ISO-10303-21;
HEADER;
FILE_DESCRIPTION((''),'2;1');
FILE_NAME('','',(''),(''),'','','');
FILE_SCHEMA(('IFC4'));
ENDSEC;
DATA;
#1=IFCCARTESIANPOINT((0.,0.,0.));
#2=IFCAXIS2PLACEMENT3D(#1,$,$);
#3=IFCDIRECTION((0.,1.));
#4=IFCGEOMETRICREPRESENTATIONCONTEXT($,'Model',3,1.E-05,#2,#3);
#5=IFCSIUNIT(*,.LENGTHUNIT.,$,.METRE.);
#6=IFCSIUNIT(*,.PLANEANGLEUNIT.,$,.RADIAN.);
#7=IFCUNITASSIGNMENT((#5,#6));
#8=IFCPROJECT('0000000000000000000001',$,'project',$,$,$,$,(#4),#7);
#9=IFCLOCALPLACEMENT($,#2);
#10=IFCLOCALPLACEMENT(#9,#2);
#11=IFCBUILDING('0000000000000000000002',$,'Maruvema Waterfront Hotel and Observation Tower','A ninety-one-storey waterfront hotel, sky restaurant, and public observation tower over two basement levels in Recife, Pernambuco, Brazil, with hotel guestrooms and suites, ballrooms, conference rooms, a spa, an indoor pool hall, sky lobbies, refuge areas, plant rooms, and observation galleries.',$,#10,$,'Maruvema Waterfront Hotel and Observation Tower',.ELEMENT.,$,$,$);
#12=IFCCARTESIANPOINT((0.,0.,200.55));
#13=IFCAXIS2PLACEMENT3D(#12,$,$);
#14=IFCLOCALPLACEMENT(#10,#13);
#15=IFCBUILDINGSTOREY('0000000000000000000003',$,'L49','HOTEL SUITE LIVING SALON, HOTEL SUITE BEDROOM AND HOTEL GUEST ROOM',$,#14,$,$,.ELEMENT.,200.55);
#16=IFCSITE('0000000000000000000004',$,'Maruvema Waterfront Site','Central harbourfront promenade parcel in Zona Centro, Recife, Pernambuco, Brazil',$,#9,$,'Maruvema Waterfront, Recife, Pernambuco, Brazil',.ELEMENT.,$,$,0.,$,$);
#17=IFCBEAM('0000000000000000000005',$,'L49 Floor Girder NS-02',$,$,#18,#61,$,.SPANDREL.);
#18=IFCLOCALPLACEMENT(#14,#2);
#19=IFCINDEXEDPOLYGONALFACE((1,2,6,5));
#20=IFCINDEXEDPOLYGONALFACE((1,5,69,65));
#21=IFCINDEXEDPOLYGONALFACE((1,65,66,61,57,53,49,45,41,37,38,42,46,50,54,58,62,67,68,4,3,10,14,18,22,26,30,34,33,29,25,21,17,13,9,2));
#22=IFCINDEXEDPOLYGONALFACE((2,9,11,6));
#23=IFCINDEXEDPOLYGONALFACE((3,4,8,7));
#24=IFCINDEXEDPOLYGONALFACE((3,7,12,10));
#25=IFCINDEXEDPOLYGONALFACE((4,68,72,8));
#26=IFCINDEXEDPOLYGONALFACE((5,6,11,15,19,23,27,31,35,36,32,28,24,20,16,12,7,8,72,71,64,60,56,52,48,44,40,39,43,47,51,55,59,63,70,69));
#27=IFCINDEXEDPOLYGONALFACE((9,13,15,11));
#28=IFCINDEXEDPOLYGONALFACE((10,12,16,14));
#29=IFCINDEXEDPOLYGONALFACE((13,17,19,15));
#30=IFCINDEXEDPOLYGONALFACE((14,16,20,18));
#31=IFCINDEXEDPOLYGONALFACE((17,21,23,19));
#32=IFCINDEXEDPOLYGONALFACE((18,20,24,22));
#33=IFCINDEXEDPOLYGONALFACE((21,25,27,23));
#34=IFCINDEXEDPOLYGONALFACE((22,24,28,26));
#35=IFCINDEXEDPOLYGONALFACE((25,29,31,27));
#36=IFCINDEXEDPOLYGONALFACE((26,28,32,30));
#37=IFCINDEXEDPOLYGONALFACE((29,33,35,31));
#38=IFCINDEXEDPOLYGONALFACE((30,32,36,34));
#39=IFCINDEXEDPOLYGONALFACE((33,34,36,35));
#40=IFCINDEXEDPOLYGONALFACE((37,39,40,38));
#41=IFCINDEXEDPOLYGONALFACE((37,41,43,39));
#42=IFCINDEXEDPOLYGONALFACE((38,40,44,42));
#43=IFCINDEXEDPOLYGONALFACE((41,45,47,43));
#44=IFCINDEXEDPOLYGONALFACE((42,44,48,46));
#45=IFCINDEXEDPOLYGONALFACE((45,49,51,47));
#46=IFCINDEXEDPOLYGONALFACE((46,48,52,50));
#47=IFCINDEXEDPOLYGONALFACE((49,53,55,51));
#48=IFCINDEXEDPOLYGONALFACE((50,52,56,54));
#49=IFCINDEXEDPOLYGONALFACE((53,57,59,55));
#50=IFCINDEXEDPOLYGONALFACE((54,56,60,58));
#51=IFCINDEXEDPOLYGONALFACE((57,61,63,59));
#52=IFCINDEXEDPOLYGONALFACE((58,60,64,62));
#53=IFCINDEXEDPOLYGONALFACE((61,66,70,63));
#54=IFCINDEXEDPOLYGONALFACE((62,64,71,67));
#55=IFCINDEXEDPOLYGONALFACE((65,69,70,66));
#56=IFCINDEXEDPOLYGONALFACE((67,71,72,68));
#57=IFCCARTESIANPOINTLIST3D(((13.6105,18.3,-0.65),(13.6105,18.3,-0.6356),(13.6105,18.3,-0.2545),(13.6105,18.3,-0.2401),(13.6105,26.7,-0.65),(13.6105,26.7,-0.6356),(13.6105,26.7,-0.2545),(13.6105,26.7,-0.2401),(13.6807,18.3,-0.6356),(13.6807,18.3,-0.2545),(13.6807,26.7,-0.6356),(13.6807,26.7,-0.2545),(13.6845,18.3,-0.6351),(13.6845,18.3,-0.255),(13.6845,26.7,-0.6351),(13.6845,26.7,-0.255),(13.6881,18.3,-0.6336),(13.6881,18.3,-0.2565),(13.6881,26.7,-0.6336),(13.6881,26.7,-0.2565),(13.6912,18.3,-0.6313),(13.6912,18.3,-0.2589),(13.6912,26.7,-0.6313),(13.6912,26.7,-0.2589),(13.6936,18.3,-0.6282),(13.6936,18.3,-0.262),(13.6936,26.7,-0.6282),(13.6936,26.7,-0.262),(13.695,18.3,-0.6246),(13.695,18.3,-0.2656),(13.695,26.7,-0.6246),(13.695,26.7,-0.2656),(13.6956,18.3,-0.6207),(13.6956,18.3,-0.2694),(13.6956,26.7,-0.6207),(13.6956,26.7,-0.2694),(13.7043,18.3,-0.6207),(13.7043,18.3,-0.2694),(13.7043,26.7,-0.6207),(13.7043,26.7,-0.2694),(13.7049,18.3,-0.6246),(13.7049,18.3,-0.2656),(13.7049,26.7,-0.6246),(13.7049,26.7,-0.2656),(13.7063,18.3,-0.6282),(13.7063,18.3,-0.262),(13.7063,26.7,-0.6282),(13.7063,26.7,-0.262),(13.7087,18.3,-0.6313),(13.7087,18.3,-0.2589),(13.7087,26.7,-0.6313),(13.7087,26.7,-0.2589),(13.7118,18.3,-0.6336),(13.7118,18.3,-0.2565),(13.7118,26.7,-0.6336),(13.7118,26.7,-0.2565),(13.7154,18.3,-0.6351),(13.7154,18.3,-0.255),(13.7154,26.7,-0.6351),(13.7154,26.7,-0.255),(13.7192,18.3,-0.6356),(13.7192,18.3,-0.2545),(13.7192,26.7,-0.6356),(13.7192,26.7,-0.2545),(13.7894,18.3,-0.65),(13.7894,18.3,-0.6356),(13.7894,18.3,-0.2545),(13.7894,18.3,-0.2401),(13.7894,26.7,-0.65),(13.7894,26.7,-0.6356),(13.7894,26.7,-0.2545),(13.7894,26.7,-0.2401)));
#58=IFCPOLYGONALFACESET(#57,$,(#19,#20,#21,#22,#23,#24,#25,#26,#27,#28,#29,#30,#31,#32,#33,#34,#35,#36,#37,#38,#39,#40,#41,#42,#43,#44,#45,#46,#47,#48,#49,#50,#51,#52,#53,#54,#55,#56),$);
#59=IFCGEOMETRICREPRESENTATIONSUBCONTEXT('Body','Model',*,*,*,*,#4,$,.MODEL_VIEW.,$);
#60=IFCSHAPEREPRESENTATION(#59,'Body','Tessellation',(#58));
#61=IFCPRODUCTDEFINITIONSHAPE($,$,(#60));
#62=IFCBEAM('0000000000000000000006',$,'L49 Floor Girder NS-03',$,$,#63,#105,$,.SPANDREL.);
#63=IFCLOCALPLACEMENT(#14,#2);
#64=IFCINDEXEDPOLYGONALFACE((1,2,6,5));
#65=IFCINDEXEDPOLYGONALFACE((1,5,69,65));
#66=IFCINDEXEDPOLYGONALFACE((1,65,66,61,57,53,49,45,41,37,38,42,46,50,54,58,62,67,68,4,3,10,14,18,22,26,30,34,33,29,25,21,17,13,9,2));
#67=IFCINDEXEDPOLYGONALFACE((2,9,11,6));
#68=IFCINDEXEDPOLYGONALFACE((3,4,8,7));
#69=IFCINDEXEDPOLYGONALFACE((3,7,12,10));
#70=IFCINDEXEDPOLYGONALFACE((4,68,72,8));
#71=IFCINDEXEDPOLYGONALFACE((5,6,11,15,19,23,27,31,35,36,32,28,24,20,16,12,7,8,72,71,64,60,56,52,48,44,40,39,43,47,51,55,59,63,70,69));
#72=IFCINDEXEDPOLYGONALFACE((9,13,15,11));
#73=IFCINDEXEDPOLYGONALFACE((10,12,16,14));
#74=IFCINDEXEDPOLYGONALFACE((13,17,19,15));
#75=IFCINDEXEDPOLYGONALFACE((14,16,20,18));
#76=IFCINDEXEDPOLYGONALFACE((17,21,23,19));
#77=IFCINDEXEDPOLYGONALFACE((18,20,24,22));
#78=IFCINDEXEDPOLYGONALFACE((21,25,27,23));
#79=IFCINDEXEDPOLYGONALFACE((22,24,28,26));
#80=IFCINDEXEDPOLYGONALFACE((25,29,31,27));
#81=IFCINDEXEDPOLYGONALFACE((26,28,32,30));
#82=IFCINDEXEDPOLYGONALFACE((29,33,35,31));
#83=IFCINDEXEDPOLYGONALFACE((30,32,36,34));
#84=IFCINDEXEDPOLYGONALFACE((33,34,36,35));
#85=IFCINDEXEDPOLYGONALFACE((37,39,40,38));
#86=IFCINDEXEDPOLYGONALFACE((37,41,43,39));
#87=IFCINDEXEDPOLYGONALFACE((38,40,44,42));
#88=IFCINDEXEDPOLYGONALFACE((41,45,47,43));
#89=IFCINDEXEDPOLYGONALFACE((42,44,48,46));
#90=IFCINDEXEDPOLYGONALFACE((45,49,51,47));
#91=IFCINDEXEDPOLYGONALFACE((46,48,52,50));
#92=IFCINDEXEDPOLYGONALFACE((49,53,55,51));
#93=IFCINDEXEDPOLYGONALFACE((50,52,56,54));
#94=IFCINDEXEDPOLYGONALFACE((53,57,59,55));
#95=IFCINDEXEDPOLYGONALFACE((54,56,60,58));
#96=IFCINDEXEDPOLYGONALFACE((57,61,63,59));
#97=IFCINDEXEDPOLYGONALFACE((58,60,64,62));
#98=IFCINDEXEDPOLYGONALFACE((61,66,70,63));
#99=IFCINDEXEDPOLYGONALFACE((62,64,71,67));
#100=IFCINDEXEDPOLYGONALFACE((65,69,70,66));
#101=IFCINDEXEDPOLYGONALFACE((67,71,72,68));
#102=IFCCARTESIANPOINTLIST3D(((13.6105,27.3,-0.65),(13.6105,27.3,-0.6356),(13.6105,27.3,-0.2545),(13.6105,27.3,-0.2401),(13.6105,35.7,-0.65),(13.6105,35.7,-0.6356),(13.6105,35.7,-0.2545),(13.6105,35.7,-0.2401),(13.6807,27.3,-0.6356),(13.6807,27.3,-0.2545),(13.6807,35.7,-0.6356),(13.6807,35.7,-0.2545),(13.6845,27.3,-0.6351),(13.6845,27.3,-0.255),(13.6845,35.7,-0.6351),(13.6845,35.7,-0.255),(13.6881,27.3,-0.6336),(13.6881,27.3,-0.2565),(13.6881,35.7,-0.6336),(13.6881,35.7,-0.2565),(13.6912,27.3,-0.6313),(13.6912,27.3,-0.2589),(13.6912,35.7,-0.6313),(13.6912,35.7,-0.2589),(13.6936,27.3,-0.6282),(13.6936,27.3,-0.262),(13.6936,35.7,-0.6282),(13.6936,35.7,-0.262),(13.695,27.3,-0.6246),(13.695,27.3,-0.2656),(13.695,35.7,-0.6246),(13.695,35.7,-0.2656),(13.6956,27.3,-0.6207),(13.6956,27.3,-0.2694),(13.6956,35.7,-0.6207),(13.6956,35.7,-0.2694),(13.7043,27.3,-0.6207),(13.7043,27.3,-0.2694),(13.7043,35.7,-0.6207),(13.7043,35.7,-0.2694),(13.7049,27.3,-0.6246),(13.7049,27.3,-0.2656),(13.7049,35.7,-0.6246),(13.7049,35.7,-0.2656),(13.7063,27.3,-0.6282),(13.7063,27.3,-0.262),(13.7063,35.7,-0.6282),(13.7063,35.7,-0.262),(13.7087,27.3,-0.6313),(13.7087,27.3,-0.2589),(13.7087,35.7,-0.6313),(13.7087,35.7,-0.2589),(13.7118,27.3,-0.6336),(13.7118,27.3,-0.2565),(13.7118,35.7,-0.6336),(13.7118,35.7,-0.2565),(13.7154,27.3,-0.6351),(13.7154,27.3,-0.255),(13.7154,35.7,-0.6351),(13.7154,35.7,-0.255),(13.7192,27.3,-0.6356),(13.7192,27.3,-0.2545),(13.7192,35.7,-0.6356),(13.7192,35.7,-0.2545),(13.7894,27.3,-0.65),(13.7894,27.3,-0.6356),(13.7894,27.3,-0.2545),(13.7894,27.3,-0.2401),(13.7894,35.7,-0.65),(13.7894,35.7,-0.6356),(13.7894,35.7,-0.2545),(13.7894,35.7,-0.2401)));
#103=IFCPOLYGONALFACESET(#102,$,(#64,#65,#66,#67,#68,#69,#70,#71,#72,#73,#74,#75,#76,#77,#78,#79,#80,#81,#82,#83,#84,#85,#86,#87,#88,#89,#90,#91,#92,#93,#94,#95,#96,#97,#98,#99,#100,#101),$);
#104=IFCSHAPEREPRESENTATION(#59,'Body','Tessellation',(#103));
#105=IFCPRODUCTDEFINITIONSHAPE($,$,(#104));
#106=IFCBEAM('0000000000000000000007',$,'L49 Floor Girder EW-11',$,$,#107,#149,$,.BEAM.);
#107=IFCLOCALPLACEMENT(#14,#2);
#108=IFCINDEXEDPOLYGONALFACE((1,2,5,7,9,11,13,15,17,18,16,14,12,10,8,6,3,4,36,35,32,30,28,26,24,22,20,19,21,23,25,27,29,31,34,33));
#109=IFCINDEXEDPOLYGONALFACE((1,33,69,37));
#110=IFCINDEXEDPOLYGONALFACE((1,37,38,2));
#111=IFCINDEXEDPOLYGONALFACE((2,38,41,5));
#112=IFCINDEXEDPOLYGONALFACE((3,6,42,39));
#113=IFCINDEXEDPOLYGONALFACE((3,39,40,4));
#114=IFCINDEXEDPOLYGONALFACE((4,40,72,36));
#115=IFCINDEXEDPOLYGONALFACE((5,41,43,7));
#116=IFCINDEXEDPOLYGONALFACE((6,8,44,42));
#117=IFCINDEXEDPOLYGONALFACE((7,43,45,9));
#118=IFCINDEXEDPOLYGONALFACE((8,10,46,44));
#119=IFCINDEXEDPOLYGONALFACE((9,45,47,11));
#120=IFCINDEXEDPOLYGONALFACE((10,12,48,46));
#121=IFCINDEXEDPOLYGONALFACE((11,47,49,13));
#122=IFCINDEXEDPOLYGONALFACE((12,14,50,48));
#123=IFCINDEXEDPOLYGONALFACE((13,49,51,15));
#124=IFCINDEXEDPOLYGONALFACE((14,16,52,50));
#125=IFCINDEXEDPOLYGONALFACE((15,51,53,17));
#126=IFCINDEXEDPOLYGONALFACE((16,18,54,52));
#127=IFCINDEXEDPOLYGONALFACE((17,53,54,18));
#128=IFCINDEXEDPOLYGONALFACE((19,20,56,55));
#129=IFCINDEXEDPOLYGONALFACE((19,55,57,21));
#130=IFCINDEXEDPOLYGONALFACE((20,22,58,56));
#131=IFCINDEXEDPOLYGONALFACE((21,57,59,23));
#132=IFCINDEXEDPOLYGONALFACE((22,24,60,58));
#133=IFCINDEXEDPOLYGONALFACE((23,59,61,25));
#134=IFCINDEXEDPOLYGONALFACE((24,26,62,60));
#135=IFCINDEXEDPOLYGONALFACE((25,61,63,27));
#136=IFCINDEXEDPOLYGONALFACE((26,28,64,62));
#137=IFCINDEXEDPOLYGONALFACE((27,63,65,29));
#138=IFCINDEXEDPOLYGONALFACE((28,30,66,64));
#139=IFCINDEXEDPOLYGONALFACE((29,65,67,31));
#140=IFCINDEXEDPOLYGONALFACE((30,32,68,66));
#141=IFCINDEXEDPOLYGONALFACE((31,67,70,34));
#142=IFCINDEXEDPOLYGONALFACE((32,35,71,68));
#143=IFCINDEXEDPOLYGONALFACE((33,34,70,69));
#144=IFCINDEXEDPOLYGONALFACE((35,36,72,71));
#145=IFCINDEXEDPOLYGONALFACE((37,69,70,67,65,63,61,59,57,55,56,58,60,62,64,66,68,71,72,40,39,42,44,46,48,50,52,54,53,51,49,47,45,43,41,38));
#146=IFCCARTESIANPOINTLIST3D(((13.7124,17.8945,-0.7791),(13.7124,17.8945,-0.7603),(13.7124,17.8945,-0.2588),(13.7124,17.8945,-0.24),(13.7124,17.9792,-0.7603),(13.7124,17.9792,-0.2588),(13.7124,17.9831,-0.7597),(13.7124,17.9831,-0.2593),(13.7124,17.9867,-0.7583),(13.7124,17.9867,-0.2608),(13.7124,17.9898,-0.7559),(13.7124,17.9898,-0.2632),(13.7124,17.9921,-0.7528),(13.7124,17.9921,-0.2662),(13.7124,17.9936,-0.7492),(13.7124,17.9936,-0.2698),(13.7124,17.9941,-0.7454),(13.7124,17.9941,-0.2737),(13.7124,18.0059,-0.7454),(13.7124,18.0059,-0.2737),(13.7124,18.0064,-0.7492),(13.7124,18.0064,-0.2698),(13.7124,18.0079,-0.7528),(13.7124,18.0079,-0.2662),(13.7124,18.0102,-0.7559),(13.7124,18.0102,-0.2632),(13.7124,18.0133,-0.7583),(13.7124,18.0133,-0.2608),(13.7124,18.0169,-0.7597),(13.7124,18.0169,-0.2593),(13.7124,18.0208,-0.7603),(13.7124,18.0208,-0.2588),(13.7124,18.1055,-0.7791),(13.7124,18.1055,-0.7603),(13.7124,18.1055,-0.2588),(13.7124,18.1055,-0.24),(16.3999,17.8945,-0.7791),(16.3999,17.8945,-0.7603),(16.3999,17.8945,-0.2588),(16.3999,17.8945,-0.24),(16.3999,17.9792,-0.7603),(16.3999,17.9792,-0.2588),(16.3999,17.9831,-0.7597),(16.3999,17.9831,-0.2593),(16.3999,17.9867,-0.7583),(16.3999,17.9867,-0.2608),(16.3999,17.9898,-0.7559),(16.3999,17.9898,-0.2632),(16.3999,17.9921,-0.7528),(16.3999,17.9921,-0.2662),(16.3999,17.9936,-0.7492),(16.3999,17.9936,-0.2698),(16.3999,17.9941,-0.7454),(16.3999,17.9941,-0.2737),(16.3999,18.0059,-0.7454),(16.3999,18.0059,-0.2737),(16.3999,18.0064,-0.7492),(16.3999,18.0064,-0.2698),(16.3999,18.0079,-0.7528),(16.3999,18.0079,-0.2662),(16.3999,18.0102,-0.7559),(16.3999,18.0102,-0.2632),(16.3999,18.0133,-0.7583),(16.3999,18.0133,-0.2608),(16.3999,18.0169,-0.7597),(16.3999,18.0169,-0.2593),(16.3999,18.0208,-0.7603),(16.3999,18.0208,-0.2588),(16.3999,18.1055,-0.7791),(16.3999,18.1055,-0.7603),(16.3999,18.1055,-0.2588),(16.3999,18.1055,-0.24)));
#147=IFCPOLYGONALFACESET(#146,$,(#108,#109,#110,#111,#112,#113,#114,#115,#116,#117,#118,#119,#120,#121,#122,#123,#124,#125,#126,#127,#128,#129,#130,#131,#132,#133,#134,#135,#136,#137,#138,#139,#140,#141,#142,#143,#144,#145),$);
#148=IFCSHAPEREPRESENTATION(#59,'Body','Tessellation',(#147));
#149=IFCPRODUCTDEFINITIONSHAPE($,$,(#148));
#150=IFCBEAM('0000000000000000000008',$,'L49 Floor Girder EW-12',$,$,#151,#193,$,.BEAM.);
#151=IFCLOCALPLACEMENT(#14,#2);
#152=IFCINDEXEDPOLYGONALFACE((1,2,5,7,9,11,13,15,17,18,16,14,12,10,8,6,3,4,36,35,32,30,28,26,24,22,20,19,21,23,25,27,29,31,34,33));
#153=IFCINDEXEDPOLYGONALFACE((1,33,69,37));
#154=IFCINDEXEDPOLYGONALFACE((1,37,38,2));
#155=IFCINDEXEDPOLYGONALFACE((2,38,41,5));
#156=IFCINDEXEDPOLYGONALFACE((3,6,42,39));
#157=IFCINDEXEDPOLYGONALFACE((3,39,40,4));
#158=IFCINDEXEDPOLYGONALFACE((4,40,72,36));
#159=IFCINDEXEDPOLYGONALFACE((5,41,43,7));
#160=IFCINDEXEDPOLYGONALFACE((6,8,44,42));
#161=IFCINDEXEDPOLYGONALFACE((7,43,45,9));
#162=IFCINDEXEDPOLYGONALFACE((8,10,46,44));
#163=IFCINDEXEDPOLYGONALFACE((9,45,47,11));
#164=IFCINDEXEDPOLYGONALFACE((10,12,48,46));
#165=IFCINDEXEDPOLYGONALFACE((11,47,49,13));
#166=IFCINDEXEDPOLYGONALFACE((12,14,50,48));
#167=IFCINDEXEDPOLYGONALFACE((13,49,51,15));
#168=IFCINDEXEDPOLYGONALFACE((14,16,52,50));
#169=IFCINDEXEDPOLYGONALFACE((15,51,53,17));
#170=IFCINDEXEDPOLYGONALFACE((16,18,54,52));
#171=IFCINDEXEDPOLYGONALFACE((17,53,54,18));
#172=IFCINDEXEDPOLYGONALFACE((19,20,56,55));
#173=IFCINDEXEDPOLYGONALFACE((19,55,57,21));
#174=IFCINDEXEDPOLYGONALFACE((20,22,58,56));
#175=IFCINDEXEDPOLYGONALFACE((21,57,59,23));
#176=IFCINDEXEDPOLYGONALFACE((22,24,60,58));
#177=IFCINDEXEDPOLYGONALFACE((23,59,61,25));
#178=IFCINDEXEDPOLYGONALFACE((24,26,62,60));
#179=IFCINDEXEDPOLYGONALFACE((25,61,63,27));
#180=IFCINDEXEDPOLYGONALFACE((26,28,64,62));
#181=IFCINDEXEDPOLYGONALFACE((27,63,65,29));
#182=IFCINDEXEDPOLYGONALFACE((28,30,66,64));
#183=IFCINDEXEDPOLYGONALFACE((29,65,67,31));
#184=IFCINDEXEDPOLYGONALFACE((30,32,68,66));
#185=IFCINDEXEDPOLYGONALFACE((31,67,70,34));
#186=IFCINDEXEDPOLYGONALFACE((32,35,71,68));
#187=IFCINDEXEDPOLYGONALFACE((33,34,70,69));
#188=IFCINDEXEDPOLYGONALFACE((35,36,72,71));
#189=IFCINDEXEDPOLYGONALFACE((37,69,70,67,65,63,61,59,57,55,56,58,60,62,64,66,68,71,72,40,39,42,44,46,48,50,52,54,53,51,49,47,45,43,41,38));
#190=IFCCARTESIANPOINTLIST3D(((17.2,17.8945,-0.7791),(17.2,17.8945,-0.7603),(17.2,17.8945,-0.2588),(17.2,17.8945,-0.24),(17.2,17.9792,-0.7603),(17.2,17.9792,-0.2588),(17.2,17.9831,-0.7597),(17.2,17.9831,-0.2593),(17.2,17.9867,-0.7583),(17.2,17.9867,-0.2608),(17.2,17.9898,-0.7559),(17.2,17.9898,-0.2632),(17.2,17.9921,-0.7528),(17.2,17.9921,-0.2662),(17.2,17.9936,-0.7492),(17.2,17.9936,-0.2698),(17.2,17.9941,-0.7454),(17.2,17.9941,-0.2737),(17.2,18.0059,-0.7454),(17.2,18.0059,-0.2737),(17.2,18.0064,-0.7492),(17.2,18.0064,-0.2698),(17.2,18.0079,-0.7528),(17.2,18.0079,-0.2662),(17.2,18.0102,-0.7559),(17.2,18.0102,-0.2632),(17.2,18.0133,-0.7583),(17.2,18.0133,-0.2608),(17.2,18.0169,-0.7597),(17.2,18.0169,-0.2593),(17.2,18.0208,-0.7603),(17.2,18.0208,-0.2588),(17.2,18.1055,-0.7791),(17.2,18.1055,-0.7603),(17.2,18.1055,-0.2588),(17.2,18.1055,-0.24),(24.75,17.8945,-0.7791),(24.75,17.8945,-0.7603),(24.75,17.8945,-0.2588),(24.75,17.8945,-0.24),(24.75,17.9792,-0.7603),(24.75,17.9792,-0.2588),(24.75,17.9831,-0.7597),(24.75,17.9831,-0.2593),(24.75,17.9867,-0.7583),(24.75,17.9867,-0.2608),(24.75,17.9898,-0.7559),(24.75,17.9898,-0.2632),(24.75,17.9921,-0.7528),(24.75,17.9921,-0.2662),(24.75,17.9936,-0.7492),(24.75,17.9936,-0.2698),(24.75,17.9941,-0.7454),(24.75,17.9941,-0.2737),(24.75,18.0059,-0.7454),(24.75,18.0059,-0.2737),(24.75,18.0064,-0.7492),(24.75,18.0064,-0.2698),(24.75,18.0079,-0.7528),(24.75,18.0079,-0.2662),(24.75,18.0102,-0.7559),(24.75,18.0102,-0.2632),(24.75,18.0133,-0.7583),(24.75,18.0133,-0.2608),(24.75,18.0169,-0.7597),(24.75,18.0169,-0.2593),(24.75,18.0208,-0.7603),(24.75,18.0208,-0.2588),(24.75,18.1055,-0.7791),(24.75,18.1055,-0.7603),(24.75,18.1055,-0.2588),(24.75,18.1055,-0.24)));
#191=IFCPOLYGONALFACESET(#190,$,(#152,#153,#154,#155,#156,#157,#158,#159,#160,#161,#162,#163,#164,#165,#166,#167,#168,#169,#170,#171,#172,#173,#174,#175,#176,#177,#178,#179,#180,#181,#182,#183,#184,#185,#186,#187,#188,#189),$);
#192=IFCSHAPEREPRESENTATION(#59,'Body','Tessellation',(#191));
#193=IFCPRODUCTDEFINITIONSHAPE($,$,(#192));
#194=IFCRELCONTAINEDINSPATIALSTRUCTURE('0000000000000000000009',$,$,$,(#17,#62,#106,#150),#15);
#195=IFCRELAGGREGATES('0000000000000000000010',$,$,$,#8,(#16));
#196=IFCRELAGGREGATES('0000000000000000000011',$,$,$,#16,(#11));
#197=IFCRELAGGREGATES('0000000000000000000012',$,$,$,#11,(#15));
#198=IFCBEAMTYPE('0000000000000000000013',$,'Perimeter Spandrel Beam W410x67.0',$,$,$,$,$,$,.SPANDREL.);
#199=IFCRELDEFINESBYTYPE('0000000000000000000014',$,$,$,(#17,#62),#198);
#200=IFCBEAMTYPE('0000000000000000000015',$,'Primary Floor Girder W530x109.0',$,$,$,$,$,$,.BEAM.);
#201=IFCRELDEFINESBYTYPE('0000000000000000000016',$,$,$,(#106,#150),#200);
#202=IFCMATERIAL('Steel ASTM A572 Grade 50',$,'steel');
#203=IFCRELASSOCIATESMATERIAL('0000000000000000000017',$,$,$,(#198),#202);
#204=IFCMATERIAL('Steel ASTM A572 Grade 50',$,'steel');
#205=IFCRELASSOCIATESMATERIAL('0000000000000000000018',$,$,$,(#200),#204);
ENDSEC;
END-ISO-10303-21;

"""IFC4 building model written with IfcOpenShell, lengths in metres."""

from ifc_helpers import new_model, si_unit, direction, frame, origin, origin_2d, place, context, subcontext, project, spatial, i_section, extrude, material, material_profile, profile_set, type_object, element, save


model = new_model("IFC4")

# Units and contexts
model_context = context("Model", 3, precision=1e-05, world=origin(), true_north=direction((0.0, 1.0)))
body_context = subcontext(model_context, "Body", "Model", "MODEL_VIEW")
ifc_project = project(units=[si_unit("LENGTHUNIT", "METRE"), si_unit("PLANEANGLEUNIT", "RADIAN")], contexts=[model_context])

# Site, building, storey
site_placement = place(None, origin())
site = spatial("IfcSite", under=ifc_project, at=site_placement, Name="Maruvema Waterfront Site", Description="Central harbourfront promenade parcel in Zona Centro, Recife, Pernambuco, Brazil", LongName="Maruvema Waterfront, Recife, Pernambuco, Brazil", CompositionType="ELEMENT", RefElevation=0.0)
building_placement = place(site_placement, origin())
building = spatial("IfcBuilding", under=site, at=building_placement, Name="Maruvema Waterfront Hotel and Observation Tower", Description="A ninety-one-storey waterfront hotel, sky restaurant, and public observation tower over two basement levels in Recife, Pernambuco, Brazil, with hotel guestrooms and suites, ballrooms, conference rooms, a spa, an indoor pool hall, sky lobbies, refuge areas, plant rooms, and observation galleries.", LongName="Maruvema Waterfront Hotel and Observation Tower", CompositionType="ELEMENT")
storey_placement = place(building_placement, frame((0.0, 0.0, 200.55)))
storey = spatial("IfcBuildingStorey", under=building, at=storey_placement, Name="L49", Description="HOTEL SUITE LIVING SALON, HOTEL SUITE BEDROOM AND HOTEL GUEST ROOM", CompositionType="ELEMENT", Elevation=200.55)

# Beams
ifc_material_1 = material(Name="Steel ASTM A572 Grade 50", Category="steel")
ifc_material_profile_1 = material_profile(ifc_material_1, i_section(OverallWidth=0.179, OverallDepth=0.4099, WebThickness=0.0088, FlangeThickness=0.0144, FilletRadius=0.0149, at=origin_2d()), Name="W410x67.0")
ifc_profile_set_1 = profile_set([ifc_material_profile_1], Name="Steel ASTM A572 Grade 50")
beam_type_1 = type_object("IfcBeamType", Name="Perimeter Spandrel Beam W410x67.0", PredefinedType="SPANDREL", material=ifc_profile_set_1)
for number, where, z_axis, x_axis, name in (
    (1, (13.7, 18.3, -0.4451), (0.0, 1.0, 0.0), (-1.0, 0.0, 0.0), "L49 Floor Girder NS-02"),
    (2, (13.7, 27.3, -0.4451), (0.0, 1.0, 0.0), (-1.0, 0.0, 0.0), "L49 Floor Girder NS-03"),
):
    element("IfcBeam", number, at=place(storey_placement, frame(where, z_axis=z_axis, x_axis=x_axis)), inside=storey, type_object=beam_type_1, Name=name, PredefinedType="SPANDREL", context=body_context, shape_type="SweptSolid", body=[
        extrude(i_section(OverallWidth=0.179, OverallDepth=0.4099, WebThickness=0.0088, FlangeThickness=0.0144, FilletRadius=0.0149, at=origin_2d()), origin(), (0.0, 0.0, 1.0), 8.3999),
    ])
ifc_material_2 = material(Name="Steel ASTM A572 Grade 50", Category="steel")
ifc_material_profile_2 = material_profile(ifc_material_2, i_section(OverallWidth=0.2109, OverallDepth=0.5391, WebThickness=0.0117, FlangeThickness=0.0188, FilletRadius=0.0149, at=origin_2d()), Name="W530x109.0")
ifc_profile_set_2 = profile_set([ifc_material_profile_2], Name="Steel ASTM A572 Grade 50")
beam_type_2 = type_object("IfcBeamType", Name="Primary Floor Girder W530x109.0", PredefinedType="BEAM", material=ifc_profile_set_2)
beam_1_placement = place(storey_placement, frame((13.7124, 18.0, -0.5095), z_axis=(1.0, 0.0, 0.0), x_axis=(0.0, 1.0, 0.0)))
element("IfcBeam", 3, at=beam_1_placement, inside=storey, type_object=beam_type_2, Name="L49 Floor Girder EW-11", PredefinedType="BEAM", context=body_context, shape_type="SweptSolid", body=[
    extrude(i_section(OverallWidth=0.2109, OverallDepth=0.5391, WebThickness=0.0117, FlangeThickness=0.0188, FilletRadius=0.0149, at=origin_2d()), origin(), (0.0, 0.0, 1.0), 2.6875),
])
beam_2_placement = place(storey_placement, frame((17.2, 18.0, -0.5095), z_axis=(1.0, 0.0, 0.0), x_axis=(0.0, 1.0, 0.0)))
element("IfcBeam", 4, at=beam_2_placement, inside=storey, type_object=beam_type_2, Name="L49 Floor Girder EW-12", PredefinedType="BEAM", context=body_context, shape_type="SweptSolid", body=[
    extrude(i_section(OverallWidth=0.2109, OverallDepth=0.5391, WebThickness=0.0117, FlangeThickness=0.0188, FilletRadius=0.0149, at=origin_2d()), origin(), (0.0, 0.0, 1.0), 7.55),
])

save(model, "model.ifc")
